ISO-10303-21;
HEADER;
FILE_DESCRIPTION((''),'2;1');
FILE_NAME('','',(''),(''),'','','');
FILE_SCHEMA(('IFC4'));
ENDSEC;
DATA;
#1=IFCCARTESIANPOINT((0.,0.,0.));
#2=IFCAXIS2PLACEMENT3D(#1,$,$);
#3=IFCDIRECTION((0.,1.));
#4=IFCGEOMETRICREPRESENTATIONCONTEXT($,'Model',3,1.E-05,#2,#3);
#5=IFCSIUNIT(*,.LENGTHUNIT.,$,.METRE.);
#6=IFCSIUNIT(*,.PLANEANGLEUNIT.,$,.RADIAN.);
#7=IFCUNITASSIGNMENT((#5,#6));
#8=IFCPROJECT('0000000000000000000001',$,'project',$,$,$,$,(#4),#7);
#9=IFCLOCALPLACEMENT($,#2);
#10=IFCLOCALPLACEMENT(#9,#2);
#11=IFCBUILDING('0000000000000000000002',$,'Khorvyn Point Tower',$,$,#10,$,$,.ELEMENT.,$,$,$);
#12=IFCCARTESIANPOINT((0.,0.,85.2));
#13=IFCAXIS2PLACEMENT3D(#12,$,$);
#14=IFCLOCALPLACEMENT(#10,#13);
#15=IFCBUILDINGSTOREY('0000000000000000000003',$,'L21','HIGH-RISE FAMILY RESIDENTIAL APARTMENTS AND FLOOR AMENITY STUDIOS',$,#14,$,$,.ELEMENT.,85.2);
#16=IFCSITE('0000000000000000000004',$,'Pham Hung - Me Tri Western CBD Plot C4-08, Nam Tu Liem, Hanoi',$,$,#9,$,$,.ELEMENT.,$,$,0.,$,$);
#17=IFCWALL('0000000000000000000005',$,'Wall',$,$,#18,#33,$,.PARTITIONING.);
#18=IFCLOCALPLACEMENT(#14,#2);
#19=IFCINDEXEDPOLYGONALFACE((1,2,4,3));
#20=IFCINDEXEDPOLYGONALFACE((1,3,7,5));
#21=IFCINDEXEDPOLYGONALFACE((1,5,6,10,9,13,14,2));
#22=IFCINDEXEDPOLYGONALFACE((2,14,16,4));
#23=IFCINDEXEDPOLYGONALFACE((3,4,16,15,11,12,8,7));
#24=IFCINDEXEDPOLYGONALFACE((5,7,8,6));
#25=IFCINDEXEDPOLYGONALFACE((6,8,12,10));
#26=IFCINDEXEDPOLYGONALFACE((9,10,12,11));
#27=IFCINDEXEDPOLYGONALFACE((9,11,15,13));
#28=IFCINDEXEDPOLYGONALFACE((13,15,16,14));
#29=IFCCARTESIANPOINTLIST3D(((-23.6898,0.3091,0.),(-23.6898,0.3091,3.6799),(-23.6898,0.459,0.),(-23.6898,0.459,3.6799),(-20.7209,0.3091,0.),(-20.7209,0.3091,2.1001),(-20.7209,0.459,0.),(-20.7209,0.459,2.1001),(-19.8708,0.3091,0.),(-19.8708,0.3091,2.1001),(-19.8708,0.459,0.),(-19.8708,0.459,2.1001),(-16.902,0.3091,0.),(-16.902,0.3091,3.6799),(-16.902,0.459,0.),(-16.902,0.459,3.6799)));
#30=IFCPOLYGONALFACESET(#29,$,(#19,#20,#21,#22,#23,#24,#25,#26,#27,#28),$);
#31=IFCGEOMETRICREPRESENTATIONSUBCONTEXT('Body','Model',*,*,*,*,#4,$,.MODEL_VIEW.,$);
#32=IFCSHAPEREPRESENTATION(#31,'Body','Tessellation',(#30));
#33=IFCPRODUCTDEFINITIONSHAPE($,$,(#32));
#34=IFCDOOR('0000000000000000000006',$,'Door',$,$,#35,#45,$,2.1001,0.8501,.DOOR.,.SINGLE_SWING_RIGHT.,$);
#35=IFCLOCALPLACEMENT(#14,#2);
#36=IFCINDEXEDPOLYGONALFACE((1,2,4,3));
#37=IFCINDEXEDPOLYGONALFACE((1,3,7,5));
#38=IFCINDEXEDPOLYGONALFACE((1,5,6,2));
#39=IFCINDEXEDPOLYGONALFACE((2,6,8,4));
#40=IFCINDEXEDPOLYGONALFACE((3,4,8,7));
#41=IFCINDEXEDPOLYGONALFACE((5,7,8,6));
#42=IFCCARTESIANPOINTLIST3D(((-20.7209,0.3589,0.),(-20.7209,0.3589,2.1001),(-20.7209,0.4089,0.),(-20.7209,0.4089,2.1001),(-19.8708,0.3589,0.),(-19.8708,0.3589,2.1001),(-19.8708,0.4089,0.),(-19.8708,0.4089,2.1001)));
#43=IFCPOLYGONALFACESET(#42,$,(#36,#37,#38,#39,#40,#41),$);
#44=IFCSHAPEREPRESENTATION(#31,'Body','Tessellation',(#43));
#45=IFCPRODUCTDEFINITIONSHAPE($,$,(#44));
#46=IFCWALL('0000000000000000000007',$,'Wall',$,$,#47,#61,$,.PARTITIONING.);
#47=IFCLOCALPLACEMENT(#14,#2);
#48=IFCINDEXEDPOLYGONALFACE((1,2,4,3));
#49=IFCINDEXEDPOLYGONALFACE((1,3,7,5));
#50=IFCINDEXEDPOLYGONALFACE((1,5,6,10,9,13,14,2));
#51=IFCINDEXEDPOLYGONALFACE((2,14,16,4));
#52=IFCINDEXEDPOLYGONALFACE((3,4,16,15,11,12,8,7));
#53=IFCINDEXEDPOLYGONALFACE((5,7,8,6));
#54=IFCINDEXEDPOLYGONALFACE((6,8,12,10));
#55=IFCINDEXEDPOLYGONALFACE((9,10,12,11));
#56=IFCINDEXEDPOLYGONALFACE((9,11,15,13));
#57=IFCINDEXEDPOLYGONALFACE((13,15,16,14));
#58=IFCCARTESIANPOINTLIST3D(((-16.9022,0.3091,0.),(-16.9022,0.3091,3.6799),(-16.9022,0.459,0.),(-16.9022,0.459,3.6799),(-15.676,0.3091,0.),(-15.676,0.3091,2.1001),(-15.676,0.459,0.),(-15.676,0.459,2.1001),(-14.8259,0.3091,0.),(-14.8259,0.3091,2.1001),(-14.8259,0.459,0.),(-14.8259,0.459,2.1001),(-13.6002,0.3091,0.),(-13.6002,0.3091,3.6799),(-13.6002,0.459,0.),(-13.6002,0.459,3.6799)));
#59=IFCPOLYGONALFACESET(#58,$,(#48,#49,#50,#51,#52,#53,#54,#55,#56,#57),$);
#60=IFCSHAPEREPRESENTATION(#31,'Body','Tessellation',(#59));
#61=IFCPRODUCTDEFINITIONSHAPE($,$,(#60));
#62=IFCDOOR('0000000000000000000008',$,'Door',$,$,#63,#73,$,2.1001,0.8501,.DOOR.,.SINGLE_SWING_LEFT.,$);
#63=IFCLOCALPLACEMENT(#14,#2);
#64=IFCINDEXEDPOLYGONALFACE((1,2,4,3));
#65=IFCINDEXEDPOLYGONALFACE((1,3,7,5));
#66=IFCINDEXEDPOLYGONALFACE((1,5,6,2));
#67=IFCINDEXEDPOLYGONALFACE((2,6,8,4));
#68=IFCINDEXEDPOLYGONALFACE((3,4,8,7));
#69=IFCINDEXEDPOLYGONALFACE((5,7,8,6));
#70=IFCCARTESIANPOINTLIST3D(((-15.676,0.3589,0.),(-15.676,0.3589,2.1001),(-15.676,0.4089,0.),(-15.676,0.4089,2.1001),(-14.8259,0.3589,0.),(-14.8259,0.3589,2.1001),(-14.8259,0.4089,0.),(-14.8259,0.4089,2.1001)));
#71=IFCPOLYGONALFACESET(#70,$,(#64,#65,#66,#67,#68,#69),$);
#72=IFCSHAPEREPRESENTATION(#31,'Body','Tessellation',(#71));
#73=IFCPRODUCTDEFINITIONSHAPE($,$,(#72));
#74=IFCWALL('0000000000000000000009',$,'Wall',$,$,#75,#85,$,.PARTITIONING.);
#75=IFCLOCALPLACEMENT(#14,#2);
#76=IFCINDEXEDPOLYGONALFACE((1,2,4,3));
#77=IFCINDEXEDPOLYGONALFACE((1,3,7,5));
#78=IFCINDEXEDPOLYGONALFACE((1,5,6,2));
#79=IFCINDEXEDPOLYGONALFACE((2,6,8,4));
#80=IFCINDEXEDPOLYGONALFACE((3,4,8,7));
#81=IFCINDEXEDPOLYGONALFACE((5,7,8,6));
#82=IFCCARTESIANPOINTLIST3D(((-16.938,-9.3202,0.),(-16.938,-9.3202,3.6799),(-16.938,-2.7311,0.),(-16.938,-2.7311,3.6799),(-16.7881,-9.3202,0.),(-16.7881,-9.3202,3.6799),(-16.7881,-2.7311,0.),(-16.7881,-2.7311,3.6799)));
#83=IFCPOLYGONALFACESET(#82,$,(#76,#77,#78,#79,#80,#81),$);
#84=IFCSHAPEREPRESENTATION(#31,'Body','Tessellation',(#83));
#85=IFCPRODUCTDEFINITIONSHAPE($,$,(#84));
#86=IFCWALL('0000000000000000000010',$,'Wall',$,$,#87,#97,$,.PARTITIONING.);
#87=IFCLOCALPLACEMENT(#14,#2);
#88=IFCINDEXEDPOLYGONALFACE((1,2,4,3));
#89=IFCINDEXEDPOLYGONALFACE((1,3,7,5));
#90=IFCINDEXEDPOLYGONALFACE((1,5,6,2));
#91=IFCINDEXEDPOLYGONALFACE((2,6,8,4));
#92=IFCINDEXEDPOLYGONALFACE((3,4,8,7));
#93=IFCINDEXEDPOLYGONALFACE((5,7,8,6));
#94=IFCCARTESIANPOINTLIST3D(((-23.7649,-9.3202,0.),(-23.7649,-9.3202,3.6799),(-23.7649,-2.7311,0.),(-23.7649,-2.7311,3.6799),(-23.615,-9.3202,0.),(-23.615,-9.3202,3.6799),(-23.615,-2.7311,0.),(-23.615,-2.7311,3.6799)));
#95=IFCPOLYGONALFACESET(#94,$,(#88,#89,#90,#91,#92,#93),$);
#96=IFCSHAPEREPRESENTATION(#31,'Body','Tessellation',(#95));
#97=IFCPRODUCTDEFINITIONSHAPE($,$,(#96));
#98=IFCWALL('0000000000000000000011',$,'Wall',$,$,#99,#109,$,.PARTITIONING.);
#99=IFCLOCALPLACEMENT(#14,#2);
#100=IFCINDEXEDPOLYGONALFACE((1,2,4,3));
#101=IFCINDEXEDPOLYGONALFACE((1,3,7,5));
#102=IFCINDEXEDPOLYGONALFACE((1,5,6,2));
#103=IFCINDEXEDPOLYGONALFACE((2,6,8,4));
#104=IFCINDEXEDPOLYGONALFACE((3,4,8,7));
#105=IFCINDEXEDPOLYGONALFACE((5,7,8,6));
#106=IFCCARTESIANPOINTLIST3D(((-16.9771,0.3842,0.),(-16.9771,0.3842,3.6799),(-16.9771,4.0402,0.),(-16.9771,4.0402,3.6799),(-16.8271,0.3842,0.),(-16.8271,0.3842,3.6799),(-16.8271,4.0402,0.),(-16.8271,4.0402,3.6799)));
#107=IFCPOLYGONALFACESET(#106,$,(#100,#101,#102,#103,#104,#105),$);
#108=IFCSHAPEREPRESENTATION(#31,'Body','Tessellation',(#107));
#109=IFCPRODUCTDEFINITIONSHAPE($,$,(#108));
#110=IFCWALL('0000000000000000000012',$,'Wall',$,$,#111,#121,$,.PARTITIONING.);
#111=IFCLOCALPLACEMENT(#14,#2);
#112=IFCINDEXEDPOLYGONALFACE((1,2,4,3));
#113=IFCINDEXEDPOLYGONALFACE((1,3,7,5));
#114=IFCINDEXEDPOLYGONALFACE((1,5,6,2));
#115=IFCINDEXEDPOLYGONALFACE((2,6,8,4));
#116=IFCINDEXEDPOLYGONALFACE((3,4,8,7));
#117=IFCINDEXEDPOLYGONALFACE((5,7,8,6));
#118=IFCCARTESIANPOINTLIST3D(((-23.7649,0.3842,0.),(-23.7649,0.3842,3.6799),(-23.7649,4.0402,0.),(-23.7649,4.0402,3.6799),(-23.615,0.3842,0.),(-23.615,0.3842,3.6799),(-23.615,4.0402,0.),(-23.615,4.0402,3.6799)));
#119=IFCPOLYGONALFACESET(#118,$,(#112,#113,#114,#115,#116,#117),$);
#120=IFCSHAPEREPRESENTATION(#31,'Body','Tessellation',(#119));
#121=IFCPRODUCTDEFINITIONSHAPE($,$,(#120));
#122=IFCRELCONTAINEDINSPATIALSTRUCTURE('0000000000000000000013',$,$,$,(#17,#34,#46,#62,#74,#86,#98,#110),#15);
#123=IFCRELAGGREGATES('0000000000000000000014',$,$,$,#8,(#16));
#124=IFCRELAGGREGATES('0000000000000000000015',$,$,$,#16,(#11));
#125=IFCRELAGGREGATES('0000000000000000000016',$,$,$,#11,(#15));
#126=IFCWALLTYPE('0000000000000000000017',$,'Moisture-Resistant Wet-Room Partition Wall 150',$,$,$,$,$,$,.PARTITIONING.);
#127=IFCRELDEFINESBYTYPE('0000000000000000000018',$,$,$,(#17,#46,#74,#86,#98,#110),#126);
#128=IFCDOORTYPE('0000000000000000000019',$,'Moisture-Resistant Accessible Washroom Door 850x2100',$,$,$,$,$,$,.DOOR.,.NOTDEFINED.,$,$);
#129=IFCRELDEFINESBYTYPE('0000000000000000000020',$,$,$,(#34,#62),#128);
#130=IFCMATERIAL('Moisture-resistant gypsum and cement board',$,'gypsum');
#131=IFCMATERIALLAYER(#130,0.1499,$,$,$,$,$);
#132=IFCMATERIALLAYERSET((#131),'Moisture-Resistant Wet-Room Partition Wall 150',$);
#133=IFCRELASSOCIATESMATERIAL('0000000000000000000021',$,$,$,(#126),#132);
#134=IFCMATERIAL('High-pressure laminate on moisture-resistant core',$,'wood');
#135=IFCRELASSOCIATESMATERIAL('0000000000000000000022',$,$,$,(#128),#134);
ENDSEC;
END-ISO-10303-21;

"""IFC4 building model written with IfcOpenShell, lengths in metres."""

from ifc_helpers import new_model, si_unit, direction, frame, frame_2d, origin, place, context, subcontext, project, spatial, rectangle, extrude, material, layer, layer_set, type_object, element, fill, save


model = new_model("IFC4")

# Units and contexts
model_context = context("Model", 3, precision=1e-05, world=origin(), true_north=direction((0.0, 1.0)))
body_context = subcontext(model_context, "Body", "Model", "MODEL_VIEW")
ifc_project = project(units=[si_unit("LENGTHUNIT", "METRE"), si_unit("PLANEANGLEUNIT", "RADIAN")], contexts=[model_context])

# Site, building, storey
site_placement = place(None, origin())
site = spatial("IfcSite", under=ifc_project, at=site_placement, Name="Pham Hung - Me Tri Western CBD Plot C4-08, Nam Tu Liem, Hanoi", CompositionType="ELEMENT", RefElevation=0.0)
building_placement = place(site_placement, origin())
building = spatial("IfcBuilding", under=site, at=building_placement, Name="Khorvyn Point Tower", CompositionType="ELEMENT")
storey_placement = place(building_placement, frame((0.0, 0.0, 85.2)))
storey = spatial("IfcBuildingStorey", under=building, at=storey_placement, Name="L21", Description="HIGH-RISE FAMILY RESIDENTIAL APARTMENTS AND FLOOR AMENITY STUDIOS", CompositionType="ELEMENT", Elevation=85.2)

# Walls, openings, doors
ifc_material_1 = material(Name="Moisture-resistant gypsum and cement board", Category="gypsum")
ifc_layer = layer(ifc_material_1, 0.1499)
ifc_layer_set = layer_set([ifc_layer], Name="Moisture-Resistant Wet-Room Partition Wall 150")
wall_type = type_object("IfcWallType", Name="Moisture-Resistant Wet-Room Partition Wall 150", PredefinedType="PARTITIONING", material=ifc_layer_set)
ifc_material_2 = material(Name="High-pressure laminate on moisture-resistant core", Category="wood")
door_type = type_object("IfcDoorType", Name="Moisture-Resistant Accessible Washroom Door 850x2100", OperationType="NOTDEFINED", PredefinedType="DOOR", material=ifc_material_2)
wall_1_placement = place(storey_placement, frame((-23.6899, 0.384, 0.0), z_axis=(0.0, 0.0, 1.0), x_axis=(1.0, 0.0, 0.0)))
wall_1 = element("IfcWall", 1, at=wall_1_placement, inside=storey, type_object=wall_type, Name="Wall", PredefinedType="PARTITIONING", context=body_context, shape_type="SweptSolid", body=[
    extrude(rectangle(XDim=6.7878, YDim=0.1499, at=frame_2d((3.394, 0.0))), origin(), (0.0, 0.0, 1.0), 3.6799),
])
opening_1_placement = place(wall_1_placement, frame((2.969, 0.0, 0.0)))
opening_1 = element("IfcOpeningElement", 2, at=opening_1_placement, cuts=wall_1, PredefinedType="OPENING", context=body_context, shape_type="SweptSolid", body=[
    extrude(rectangle(XDim=0.8501, YDim=2.1001, at=frame_2d((0.425, 1.05))), frame((0.0, 0.085, 0.0), z_axis=(0.0, -1.0, 0.0), x_axis=(1.0, 0.0, 0.0)), (0.0, 0.0, 1.0), 0.1699),
])
door_1_placement = place(opening_1_placement, origin())
door_1 = element("IfcDoor", 3, at=door_1_placement, inside=storey, type_object=door_type, Name="Door", OperationType="SINGLE_SWING_RIGHT", OverallHeight=2.1001, OverallWidth=0.8501, PredefinedType="DOOR", context=body_context, shape_type="SweptSolid", body=[
    extrude(rectangle(XDim=0.8501, YDim=2.1001, at=frame_2d((0.425, 1.05))), frame((0.0, 0.0249, 0.0), z_axis=(0.0, -1.0, 0.0), x_axis=(1.0, 0.0, 0.0)), (0.0, 0.0, 1.0), 0.05),
])
fill(opening_1, door_1)
wall_2_placement = place(storey_placement, frame((-16.9021, 0.384, 0.0), z_axis=(0.0, 0.0, 1.0), x_axis=(1.0, 0.0, 0.0)))
wall_2 = element("IfcWall", 4, at=wall_2_placement, inside=storey, type_object=wall_type, Name="Wall", PredefinedType="PARTITIONING", context=body_context, shape_type="SweptSolid", body=[
    extrude(rectangle(XDim=3.302, YDim=0.1499, at=frame_2d((1.6509, 0.0))), origin(), (0.0, 0.0, 1.0), 3.6799),
])
opening_2_placement = place(wall_2_placement, frame((1.2261, 0.0, 0.0)))
opening_2 = element("IfcOpeningElement", 5, at=opening_2_placement, cuts=wall_2, PredefinedType="OPENING", context=body_context, shape_type="SweptSolid", body=[
    extrude(rectangle(XDim=0.8501, YDim=2.1001, at=frame_2d((0.425, 1.05))), frame((0.0, 0.085, 0.0), z_axis=(0.0, -1.0, 0.0), x_axis=(1.0, 0.0, 0.0)), (0.0, 0.0, 1.0), 0.1699),
])
door_2_placement = place(opening_2_placement, origin())
door_2 = element("IfcDoor", 6, at=door_2_placement, inside=storey, type_object=door_type, Name="Door", OperationType="SINGLE_SWING_LEFT", OverallHeight=2.1001, OverallWidth=0.8501, PredefinedType="DOOR", context=body_context, shape_type="SweptSolid", body=[
    extrude(rectangle(XDim=0.8501, YDim=2.1001, at=frame_2d((0.425, 1.05))), frame((0.0, 0.0249, 0.0), z_axis=(0.0, -1.0, 0.0), x_axis=(1.0, 0.0, 0.0)), (0.0, 0.0, 1.0), 0.05),
])
fill(opening_2, door_2)

# Walls
for number, where, z_axis, x_axis, name in (
    (7, (-16.863, -9.3201, 0.0), (0.0, 0.0, 1.0), (0.0, 1.0, 0.0), "Wall"),
    (8, (-23.6899, -9.3201, 0.0), (0.0, 0.0, 1.0), (0.0, 1.0, 0.0), "Wall"),
):
    element("IfcWall", number, at=place(storey_placement, frame(where, z_axis=z_axis, x_axis=x_axis)), inside=storey, type_object=wall_type, Name=name, PredefinedType="PARTITIONING", context=body_context, shape_type="SweptSolid", body=[
        extrude(rectangle(XDim=6.5891, YDim=0.1499, at=frame_2d((3.2944, 0.0))), origin(), (0.0, 0.0, 1.0), 3.6799),
    ])
for number, where, z_axis, x_axis, name in (
    (9, (-16.9021, 0.384, 0.0), (0.0, 0.0, 1.0), (0.0, 1.0, 0.0), "Wall"),
    (10, (-23.6899, 0.384, 0.0), (0.0, 0.0, 1.0), (0.0, 1.0, 0.0), "Wall"),
):
    element("IfcWall", number, at=place(storey_placement, frame(where, z_axis=z_axis, x_axis=x_axis)), inside=storey, type_object=wall_type, Name=name, PredefinedType="PARTITIONING", context=body_context, shape_type="SweptSolid", body=[
        extrude(rectangle(XDim=3.656, YDim=0.1499, at=frame_2d((1.8281, 0.0))), origin(), (0.0, 0.0, 1.0), 3.6799),
    ])

save(model, "model.ifc")
